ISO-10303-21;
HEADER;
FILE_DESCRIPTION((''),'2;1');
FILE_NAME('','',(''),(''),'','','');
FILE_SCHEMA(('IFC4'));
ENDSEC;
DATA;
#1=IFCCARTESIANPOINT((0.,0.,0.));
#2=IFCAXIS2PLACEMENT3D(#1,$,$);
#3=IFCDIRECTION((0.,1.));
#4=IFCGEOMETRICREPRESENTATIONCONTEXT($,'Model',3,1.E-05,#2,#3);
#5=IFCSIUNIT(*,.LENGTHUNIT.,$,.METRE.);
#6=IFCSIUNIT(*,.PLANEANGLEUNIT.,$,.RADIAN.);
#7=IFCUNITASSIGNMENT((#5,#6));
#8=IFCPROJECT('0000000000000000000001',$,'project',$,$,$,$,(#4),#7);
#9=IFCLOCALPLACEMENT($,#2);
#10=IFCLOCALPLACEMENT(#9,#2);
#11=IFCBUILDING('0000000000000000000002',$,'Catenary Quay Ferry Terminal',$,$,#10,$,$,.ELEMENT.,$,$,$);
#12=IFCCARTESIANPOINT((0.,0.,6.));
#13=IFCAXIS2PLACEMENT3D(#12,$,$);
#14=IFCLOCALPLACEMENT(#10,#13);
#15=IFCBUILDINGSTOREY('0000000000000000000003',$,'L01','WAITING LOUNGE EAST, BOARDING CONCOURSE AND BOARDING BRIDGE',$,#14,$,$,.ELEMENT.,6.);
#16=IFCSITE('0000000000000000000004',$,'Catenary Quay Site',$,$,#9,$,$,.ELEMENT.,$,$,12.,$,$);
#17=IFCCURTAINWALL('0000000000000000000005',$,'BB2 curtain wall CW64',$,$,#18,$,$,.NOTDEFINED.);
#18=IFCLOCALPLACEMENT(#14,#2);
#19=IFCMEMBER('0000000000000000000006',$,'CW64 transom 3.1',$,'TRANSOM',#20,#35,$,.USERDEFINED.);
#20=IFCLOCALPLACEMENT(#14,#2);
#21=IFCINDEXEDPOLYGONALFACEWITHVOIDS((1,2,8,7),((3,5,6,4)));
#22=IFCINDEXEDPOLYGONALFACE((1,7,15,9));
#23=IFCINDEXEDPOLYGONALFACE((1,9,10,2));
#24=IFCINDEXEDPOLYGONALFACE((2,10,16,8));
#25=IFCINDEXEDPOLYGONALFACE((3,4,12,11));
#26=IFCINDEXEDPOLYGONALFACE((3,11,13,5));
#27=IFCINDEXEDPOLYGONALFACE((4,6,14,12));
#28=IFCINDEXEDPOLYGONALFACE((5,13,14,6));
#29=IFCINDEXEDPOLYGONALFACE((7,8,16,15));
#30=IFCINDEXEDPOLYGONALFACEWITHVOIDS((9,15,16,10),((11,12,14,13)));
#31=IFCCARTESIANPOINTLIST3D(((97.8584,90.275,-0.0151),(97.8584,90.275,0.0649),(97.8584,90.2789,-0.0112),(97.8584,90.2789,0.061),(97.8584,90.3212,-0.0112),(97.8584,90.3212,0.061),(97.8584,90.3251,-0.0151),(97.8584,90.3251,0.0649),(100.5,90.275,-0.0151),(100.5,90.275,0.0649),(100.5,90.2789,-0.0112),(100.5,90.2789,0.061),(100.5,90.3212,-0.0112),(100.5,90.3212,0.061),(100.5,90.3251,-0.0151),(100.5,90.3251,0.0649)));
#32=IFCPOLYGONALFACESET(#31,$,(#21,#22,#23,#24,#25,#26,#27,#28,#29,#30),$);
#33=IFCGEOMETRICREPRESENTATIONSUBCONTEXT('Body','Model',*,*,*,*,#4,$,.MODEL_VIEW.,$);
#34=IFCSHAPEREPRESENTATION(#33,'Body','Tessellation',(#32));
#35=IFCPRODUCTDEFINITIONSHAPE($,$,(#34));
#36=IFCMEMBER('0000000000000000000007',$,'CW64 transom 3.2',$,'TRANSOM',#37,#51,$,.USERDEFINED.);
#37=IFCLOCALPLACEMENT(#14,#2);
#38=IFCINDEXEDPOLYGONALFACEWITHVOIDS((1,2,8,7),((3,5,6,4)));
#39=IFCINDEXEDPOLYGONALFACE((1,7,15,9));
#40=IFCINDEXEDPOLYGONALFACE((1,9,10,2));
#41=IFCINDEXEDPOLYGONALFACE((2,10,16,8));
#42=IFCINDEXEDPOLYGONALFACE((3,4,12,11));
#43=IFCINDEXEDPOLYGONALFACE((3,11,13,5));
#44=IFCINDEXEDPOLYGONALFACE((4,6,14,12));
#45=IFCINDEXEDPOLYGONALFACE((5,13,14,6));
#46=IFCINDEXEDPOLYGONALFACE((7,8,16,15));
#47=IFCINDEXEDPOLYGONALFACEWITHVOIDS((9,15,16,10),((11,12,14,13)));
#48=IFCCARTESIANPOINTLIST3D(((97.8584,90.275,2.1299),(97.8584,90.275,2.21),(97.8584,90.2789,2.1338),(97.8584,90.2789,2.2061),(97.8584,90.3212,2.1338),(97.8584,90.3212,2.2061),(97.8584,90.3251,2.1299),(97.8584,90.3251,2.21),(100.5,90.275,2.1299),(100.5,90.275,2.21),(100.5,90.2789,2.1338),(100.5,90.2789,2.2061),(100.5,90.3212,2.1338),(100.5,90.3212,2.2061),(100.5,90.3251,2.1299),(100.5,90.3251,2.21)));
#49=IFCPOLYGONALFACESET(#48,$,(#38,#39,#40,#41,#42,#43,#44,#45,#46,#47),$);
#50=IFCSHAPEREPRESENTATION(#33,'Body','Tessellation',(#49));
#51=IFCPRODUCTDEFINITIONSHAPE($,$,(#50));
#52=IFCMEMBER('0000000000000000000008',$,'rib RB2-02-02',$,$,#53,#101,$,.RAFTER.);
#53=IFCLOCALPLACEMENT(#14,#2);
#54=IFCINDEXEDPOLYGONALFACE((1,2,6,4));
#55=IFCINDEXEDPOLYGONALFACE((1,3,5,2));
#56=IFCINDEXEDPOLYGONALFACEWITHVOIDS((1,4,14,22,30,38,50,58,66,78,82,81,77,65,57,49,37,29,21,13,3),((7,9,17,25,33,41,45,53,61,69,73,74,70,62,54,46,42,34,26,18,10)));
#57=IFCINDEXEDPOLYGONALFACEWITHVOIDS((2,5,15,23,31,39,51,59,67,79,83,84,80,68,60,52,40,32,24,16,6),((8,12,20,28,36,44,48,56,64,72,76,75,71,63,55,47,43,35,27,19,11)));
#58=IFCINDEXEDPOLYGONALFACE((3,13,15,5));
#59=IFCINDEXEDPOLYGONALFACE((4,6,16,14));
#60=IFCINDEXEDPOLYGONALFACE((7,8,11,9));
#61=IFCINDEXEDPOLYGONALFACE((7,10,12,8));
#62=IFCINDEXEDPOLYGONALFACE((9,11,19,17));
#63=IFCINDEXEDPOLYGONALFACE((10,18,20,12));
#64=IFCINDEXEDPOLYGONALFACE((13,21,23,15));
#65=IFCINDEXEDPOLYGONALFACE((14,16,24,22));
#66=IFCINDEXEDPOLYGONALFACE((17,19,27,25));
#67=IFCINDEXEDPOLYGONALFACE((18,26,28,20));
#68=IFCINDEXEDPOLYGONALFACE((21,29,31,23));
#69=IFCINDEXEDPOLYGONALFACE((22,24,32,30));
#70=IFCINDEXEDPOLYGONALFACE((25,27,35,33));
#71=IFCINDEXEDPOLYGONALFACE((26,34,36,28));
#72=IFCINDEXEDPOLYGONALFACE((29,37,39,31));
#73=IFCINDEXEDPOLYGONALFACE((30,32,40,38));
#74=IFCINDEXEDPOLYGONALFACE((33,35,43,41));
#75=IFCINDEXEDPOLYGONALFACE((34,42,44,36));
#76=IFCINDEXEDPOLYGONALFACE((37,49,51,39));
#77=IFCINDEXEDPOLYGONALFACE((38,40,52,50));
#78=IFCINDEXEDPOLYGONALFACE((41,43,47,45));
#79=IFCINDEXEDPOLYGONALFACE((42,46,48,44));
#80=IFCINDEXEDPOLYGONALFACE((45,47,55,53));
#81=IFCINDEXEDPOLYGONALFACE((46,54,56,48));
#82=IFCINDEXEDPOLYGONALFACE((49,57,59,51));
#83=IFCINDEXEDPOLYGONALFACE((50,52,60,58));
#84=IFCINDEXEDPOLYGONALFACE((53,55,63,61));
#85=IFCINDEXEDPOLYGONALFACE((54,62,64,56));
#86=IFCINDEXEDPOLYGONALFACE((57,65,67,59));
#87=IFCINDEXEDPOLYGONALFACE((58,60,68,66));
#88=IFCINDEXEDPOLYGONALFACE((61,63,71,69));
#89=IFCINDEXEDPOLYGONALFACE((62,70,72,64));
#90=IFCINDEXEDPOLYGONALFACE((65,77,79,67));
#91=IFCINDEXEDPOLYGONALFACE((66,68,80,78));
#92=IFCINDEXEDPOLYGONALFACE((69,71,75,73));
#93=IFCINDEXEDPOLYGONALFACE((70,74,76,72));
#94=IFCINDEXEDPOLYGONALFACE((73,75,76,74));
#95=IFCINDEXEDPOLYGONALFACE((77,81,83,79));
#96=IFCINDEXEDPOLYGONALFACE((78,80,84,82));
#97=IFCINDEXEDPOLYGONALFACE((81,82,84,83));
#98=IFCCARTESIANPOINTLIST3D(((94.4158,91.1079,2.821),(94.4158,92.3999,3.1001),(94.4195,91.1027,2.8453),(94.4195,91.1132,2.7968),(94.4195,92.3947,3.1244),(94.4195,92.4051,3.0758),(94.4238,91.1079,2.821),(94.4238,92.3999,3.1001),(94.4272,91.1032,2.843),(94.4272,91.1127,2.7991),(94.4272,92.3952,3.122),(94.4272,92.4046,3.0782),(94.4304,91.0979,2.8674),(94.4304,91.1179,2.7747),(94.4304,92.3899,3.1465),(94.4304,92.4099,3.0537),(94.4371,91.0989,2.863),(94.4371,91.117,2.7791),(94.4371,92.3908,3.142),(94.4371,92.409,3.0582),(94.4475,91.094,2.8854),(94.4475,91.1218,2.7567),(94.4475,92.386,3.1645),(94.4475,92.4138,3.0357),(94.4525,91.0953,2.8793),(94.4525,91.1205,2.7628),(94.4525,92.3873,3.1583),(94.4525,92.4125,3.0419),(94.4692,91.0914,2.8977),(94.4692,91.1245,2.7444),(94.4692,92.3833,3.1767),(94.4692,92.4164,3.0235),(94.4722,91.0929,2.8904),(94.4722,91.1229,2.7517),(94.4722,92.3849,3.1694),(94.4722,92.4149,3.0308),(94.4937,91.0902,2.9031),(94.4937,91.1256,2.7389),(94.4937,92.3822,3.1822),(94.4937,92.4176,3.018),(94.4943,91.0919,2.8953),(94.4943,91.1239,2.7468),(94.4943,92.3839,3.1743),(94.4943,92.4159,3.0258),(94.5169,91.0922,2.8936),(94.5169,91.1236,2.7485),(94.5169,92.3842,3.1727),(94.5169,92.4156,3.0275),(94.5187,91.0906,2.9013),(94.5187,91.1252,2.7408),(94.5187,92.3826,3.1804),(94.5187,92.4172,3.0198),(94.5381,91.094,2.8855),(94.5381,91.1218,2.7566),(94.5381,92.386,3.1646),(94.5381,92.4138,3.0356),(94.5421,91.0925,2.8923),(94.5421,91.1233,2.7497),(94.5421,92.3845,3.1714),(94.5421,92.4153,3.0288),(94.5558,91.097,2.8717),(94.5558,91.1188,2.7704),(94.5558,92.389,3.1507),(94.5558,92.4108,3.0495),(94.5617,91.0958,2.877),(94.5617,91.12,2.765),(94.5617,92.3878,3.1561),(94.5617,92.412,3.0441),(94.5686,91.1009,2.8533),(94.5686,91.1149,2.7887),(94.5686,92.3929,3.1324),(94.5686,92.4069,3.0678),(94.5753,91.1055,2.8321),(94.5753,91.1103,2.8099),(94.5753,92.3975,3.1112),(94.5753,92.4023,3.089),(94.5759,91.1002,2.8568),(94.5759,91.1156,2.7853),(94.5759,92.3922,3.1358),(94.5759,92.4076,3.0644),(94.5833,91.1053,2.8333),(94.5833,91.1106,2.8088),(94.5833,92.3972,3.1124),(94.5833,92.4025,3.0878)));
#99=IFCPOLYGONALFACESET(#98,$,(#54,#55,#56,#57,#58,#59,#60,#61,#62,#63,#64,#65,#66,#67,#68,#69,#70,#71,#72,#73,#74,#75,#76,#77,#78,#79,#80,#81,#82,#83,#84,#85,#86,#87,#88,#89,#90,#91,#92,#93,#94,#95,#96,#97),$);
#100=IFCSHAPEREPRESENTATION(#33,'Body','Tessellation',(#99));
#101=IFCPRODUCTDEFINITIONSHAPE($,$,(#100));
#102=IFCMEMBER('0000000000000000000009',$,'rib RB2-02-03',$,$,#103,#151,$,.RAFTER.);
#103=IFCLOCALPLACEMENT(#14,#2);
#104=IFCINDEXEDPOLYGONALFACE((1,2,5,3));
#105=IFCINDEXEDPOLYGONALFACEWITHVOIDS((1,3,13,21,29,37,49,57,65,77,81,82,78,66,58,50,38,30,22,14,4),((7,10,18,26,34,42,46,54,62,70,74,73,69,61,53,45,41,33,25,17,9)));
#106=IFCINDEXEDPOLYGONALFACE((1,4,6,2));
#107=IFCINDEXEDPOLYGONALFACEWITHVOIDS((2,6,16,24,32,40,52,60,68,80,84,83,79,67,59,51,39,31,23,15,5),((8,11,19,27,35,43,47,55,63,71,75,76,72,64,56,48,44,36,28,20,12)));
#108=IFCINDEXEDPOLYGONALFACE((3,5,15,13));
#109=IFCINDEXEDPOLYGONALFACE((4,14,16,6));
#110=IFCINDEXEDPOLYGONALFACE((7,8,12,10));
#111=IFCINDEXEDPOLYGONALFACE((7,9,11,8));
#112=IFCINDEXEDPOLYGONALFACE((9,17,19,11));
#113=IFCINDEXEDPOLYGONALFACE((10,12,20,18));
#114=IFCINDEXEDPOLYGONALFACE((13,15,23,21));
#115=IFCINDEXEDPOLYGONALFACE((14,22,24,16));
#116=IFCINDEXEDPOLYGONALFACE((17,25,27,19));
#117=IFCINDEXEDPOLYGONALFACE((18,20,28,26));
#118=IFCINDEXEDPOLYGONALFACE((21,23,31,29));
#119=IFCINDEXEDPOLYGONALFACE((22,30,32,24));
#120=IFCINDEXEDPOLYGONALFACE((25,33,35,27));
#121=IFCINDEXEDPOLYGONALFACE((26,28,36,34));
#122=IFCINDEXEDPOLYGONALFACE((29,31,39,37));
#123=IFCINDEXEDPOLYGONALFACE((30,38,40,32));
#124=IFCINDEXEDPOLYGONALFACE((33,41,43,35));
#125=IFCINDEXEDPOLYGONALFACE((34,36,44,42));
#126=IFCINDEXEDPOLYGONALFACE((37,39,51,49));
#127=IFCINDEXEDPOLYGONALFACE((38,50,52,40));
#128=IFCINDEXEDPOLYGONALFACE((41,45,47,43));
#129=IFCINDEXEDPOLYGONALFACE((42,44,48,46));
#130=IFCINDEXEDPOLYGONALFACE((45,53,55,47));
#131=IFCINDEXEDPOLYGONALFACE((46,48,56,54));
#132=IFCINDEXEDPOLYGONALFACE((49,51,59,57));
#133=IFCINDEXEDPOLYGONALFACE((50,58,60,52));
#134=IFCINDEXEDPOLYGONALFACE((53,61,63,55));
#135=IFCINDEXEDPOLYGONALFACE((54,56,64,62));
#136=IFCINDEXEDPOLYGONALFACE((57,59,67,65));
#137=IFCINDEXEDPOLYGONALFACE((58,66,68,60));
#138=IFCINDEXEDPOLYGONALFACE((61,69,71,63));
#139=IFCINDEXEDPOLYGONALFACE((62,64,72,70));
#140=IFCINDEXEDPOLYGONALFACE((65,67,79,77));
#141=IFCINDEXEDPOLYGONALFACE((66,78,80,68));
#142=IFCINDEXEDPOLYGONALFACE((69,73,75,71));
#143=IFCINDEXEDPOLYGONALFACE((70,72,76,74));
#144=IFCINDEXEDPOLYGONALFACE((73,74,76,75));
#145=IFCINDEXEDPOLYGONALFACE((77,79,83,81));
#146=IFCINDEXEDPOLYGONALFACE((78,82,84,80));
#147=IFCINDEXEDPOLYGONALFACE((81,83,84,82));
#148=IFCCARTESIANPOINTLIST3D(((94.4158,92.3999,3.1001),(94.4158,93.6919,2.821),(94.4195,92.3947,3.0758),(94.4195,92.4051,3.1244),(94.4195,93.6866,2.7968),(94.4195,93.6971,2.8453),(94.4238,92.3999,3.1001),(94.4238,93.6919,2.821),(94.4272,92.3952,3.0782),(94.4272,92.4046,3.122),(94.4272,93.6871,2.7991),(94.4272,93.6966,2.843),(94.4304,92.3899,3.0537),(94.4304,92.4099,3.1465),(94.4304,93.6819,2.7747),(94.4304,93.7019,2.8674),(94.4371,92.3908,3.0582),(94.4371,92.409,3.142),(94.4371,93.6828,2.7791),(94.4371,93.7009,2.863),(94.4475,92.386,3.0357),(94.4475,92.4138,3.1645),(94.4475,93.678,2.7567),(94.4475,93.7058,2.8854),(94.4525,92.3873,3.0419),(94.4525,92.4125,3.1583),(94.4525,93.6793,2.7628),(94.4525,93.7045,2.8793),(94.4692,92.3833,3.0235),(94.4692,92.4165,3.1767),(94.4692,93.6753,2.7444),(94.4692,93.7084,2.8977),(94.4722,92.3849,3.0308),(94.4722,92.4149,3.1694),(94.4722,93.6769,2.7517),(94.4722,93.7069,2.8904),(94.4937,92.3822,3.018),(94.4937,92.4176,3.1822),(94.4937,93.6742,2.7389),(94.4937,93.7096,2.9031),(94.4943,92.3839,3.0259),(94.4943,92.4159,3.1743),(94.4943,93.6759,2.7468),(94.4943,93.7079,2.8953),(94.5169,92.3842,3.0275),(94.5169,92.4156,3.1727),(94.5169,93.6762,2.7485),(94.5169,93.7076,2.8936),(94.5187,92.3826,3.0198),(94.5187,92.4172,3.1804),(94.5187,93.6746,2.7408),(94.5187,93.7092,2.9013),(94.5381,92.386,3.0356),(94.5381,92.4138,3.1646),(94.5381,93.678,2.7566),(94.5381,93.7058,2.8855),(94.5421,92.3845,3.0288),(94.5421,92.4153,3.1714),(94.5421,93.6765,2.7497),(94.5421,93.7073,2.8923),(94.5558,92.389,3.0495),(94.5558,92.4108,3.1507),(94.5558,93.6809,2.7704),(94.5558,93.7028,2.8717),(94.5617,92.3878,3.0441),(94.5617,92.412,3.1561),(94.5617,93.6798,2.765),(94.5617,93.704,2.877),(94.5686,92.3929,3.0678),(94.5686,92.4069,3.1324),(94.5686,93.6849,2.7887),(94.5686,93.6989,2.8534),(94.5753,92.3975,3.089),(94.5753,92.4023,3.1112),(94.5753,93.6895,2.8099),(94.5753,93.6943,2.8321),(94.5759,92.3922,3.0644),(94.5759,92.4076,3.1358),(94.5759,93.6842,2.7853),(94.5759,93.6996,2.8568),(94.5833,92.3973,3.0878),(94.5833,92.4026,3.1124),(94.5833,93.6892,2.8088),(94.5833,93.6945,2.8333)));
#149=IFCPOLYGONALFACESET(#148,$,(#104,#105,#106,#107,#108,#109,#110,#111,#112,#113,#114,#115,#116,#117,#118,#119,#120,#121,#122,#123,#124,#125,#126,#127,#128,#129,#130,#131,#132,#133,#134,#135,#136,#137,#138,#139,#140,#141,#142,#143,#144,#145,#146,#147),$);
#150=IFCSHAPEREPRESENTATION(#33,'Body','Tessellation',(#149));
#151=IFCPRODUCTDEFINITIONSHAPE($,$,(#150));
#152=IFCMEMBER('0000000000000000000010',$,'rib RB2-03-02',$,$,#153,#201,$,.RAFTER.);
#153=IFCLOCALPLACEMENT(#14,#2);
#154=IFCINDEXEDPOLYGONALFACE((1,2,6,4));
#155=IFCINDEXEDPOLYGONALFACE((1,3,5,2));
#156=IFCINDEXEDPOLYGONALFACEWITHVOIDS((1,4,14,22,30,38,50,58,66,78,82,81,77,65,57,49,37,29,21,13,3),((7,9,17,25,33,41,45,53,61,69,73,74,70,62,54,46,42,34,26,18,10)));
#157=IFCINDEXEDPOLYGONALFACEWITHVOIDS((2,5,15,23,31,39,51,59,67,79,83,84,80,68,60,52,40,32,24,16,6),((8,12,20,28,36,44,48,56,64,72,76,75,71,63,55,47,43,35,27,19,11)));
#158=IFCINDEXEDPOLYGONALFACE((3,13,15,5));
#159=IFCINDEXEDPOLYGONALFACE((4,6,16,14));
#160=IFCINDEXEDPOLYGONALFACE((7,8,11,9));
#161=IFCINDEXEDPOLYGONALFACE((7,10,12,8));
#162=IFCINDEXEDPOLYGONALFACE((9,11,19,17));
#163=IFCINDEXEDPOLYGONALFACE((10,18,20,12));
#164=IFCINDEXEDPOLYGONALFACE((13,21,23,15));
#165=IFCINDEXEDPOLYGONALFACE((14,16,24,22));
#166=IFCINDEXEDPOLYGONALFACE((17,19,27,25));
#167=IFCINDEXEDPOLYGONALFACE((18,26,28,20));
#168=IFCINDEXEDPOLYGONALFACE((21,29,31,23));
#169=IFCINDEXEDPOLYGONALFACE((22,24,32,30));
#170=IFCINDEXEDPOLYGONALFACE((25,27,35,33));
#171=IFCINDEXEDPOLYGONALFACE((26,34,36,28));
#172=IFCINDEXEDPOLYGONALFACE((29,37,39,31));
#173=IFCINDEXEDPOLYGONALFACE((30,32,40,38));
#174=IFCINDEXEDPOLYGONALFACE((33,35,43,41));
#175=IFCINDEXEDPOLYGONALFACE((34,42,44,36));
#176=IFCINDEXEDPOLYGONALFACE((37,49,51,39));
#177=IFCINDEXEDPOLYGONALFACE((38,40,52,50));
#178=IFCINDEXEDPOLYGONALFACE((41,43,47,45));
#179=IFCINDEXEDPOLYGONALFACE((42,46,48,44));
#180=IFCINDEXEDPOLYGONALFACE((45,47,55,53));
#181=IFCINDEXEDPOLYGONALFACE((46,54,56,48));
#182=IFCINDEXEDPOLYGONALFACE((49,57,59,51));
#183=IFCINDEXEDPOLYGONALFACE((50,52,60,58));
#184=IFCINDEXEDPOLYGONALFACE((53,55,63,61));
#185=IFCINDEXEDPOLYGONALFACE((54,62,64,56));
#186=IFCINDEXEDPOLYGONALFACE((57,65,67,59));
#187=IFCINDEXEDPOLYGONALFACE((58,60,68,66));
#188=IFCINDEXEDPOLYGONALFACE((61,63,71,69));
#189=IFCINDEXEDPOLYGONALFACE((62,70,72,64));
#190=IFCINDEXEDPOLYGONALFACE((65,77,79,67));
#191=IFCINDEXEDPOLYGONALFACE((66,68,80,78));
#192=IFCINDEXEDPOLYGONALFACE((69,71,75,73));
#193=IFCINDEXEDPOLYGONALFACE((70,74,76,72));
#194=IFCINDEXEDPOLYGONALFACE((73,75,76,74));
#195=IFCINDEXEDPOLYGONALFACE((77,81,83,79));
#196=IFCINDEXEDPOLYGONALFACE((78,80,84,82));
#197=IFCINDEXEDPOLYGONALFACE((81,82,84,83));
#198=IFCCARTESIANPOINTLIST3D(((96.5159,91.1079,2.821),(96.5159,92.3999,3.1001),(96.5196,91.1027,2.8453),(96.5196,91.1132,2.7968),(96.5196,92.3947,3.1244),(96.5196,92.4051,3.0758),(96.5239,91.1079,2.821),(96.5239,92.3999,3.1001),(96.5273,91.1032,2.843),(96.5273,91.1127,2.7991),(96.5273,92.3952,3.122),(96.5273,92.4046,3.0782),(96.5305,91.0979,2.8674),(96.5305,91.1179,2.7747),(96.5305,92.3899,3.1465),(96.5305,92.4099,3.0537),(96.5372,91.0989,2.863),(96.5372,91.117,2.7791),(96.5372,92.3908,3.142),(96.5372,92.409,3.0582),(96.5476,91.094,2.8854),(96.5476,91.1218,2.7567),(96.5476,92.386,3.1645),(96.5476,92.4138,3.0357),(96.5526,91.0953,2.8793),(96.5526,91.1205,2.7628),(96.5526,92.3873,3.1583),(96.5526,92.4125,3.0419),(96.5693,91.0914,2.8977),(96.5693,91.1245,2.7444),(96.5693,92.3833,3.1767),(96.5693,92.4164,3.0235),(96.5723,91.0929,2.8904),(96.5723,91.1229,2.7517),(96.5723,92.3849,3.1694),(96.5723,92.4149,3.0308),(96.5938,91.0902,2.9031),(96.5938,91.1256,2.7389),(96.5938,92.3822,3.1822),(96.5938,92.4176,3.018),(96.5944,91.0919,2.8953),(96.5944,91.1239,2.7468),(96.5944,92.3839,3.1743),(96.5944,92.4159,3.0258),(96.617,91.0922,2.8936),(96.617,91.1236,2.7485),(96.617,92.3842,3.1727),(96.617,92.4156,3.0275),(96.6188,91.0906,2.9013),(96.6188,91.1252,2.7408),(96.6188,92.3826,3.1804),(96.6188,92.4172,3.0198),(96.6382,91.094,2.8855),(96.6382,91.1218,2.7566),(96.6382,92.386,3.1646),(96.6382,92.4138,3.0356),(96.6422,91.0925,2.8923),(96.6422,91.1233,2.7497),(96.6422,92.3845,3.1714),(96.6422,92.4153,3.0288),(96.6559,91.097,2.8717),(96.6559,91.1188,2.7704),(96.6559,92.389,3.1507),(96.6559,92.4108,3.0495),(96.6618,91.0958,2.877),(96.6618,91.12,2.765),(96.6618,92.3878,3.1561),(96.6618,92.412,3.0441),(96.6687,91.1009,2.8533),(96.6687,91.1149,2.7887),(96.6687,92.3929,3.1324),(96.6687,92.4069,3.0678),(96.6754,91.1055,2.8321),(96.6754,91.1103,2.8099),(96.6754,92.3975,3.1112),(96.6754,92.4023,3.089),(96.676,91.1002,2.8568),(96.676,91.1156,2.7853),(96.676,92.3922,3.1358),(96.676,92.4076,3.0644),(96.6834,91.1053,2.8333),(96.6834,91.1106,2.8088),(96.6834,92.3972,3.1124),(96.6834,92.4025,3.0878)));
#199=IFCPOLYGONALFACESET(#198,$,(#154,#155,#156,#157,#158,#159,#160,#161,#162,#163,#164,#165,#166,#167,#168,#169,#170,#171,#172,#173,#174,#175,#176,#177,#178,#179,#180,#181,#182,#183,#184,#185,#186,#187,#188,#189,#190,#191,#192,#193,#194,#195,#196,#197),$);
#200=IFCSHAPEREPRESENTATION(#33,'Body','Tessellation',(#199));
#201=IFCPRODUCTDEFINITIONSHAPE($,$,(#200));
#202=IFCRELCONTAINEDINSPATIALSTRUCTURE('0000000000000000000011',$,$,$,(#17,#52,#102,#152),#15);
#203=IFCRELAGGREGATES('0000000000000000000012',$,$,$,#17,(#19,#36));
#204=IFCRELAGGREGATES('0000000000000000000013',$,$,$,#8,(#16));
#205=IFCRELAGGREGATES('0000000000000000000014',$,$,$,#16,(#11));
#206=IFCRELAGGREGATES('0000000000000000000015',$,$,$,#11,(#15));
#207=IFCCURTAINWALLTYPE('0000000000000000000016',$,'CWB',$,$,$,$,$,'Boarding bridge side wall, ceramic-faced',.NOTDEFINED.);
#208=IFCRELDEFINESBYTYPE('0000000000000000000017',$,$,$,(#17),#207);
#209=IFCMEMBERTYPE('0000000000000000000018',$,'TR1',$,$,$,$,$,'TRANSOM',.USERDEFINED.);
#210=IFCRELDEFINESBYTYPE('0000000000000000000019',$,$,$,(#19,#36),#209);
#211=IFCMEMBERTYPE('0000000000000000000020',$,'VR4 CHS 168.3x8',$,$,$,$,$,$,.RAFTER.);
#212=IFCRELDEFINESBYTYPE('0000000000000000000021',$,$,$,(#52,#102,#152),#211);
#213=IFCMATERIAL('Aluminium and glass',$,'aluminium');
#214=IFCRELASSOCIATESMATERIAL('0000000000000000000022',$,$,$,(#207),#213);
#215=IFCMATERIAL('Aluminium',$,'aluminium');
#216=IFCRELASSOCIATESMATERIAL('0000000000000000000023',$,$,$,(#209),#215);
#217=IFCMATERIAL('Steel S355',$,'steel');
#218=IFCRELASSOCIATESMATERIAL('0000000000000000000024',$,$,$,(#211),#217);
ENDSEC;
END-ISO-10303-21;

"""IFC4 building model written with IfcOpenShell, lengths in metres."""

from ifc_helpers import new_model, si_unit, direction, frame, origin, origin_2d, place, context, subcontext, project, spatial, hollow_rectangle, hollow_circle, extrude, material, material_profile, profile_set, type_object, element, aggregate, save


model = new_model("IFC4")

# Units and contexts
model_context = context("Model", 3, precision=1e-05, world=origin(), true_north=direction((0.0, 1.0)))
body_context = subcontext(model_context, "Body", "Model", "MODEL_VIEW")
ifc_project = project(units=[si_unit("LENGTHUNIT", "METRE"), si_unit("PLANEANGLEUNIT", "RADIAN")], contexts=[model_context])

# Site, building, storey
site_placement = place(None, origin())
site = spatial("IfcSite", under=ifc_project, at=site_placement, Name="Catenary Quay Site", CompositionType="ELEMENT", RefElevation=12.0)
building_placement = place(site_placement, origin())
building = spatial("IfcBuilding", under=site, at=building_placement, Name="Catenary Quay Ferry Terminal", CompositionType="ELEMENT")
storey_placement = place(building_placement, frame((0.0, 0.0, 6.0)))
storey = spatial("IfcBuildingStorey", under=building, at=storey_placement, Name="L01", Description="WAITING LOUNGE EAST, BOARDING CONCOURSE AND BOARDING BRIDGE", CompositionType="ELEMENT", Elevation=6.0)

# Curtain wall
ifc_material_1 = material(Name="Aluminium and glass", Category="aluminium")
curtain_wall_type = type_object("IfcCurtainWallType", Name="CWB", ElementType="Boarding bridge side wall, ceramic-faced", PredefinedType="NOTDEFINED", material=ifc_material_1)
curtain_wall_placement = place(storey_placement, origin())
curtain_wall = element("IfcCurtainWall", 1, at=curtain_wall_placement, inside=storey, type_object=curtain_wall_type, Name="BB2 curtain wall CW64", PredefinedType="NOTDEFINED")

# Members
ifc_material_2 = material(Name="Aluminium", Category="aluminium")
ifc_material_profile_1 = material_profile(ifc_material_2, hollow_rectangle(XDim=0.05, YDim=0.0801, WallThickness=0.0039, at=origin_2d()), Name="TR1")
ifc_profile_set_1 = profile_set([ifc_material_profile_1], Name="Aluminium")
member_type_1 = type_object("IfcMemberType", Name="TR1", ElementType="TRANSOM", PredefinedType="USERDEFINED", material=ifc_profile_set_1)
member_1_placement = place(storey_placement, frame((97.8584, 90.3, 0.0249), z_axis=(1.0, 0.0, 0.0), x_axis=(0.0, 1.0, 0.0)))
member_1 = element("IfcMember", 2, at=member_1_placement, type_object=member_type_1, Name="CW64 transom 3.1", ObjectType="TRANSOM", PredefinedType="USERDEFINED", context=body_context, shape_type="SweptSolid", body=[
    extrude(hollow_rectangle(XDim=0.05, YDim=0.0801, WallThickness=0.0039, at=origin_2d()), origin(), (0.0, 0.0, 1.0), 2.6416),
])
member_2_placement = place(storey_placement, frame((97.8584, 90.3, 2.1699), z_axis=(1.0, 0.0, 0.0), x_axis=(0.0, 1.0, 0.0)))
member_2 = element("IfcMember", 3, at=member_2_placement, type_object=member_type_1, Name="CW64 transom 3.2", ObjectType="TRANSOM", PredefinedType="USERDEFINED", context=body_context, shape_type="SweptSolid", body=[
    extrude(hollow_rectangle(XDim=0.05, YDim=0.0801, WallThickness=0.0039, at=origin_2d()), origin(), (0.0, 0.0, 1.0), 2.6416),
])

# Members
ifc_material_3 = material(Name="Steel S355", Category="steel")
ifc_material_profile_2 = material_profile(ifc_material_3, hollow_circle(Radius=0.0842, WallThickness=0.0081, at=origin_2d()), Name="CHS 168.3x8")
ifc_profile_set_2 = profile_set([ifc_material_profile_2], Name="Steel S355")
member_type_2 = type_object("IfcMemberType", Name="VR4 CHS 168.3x8", PredefinedType="RAFTER", material=ifc_profile_set_2)
for number, where, z_axis, x_axis, name in (
    (4, (94.5, 91.1079, 2.821), (0.0, 0.977461, 0.211118), (-1.0, 0.0, 0.0), "rib RB2-02-02"),
    (5, (94.5, 92.3999, 3.1001), (0.0, 0.977461, -0.211118), (-1.0, 0.0, 0.0), "rib RB2-02-03"),
    (6, (96.6001, 91.1079, 2.821), (0.0, 0.977461, 0.211118), (-1.0, 0.0, 0.0), "rib RB2-03-02"),
):
    element("IfcMember", number, at=place(storey_placement, frame(where, z_axis=z_axis, x_axis=x_axis)), inside=storey, type_object=member_type_2, Name=name, PredefinedType="RAFTER", context=body_context, shape_type="SweptSolid", body=[
        extrude(hollow_circle(Radius=0.0842, WallThickness=0.0081, at=origin_2d()), origin(), (0.0, 0.0, 1.0), 1.3218),
    ])

aggregate(curtain_wall, [member_1, member_2])

save(model, "model.ifc")
